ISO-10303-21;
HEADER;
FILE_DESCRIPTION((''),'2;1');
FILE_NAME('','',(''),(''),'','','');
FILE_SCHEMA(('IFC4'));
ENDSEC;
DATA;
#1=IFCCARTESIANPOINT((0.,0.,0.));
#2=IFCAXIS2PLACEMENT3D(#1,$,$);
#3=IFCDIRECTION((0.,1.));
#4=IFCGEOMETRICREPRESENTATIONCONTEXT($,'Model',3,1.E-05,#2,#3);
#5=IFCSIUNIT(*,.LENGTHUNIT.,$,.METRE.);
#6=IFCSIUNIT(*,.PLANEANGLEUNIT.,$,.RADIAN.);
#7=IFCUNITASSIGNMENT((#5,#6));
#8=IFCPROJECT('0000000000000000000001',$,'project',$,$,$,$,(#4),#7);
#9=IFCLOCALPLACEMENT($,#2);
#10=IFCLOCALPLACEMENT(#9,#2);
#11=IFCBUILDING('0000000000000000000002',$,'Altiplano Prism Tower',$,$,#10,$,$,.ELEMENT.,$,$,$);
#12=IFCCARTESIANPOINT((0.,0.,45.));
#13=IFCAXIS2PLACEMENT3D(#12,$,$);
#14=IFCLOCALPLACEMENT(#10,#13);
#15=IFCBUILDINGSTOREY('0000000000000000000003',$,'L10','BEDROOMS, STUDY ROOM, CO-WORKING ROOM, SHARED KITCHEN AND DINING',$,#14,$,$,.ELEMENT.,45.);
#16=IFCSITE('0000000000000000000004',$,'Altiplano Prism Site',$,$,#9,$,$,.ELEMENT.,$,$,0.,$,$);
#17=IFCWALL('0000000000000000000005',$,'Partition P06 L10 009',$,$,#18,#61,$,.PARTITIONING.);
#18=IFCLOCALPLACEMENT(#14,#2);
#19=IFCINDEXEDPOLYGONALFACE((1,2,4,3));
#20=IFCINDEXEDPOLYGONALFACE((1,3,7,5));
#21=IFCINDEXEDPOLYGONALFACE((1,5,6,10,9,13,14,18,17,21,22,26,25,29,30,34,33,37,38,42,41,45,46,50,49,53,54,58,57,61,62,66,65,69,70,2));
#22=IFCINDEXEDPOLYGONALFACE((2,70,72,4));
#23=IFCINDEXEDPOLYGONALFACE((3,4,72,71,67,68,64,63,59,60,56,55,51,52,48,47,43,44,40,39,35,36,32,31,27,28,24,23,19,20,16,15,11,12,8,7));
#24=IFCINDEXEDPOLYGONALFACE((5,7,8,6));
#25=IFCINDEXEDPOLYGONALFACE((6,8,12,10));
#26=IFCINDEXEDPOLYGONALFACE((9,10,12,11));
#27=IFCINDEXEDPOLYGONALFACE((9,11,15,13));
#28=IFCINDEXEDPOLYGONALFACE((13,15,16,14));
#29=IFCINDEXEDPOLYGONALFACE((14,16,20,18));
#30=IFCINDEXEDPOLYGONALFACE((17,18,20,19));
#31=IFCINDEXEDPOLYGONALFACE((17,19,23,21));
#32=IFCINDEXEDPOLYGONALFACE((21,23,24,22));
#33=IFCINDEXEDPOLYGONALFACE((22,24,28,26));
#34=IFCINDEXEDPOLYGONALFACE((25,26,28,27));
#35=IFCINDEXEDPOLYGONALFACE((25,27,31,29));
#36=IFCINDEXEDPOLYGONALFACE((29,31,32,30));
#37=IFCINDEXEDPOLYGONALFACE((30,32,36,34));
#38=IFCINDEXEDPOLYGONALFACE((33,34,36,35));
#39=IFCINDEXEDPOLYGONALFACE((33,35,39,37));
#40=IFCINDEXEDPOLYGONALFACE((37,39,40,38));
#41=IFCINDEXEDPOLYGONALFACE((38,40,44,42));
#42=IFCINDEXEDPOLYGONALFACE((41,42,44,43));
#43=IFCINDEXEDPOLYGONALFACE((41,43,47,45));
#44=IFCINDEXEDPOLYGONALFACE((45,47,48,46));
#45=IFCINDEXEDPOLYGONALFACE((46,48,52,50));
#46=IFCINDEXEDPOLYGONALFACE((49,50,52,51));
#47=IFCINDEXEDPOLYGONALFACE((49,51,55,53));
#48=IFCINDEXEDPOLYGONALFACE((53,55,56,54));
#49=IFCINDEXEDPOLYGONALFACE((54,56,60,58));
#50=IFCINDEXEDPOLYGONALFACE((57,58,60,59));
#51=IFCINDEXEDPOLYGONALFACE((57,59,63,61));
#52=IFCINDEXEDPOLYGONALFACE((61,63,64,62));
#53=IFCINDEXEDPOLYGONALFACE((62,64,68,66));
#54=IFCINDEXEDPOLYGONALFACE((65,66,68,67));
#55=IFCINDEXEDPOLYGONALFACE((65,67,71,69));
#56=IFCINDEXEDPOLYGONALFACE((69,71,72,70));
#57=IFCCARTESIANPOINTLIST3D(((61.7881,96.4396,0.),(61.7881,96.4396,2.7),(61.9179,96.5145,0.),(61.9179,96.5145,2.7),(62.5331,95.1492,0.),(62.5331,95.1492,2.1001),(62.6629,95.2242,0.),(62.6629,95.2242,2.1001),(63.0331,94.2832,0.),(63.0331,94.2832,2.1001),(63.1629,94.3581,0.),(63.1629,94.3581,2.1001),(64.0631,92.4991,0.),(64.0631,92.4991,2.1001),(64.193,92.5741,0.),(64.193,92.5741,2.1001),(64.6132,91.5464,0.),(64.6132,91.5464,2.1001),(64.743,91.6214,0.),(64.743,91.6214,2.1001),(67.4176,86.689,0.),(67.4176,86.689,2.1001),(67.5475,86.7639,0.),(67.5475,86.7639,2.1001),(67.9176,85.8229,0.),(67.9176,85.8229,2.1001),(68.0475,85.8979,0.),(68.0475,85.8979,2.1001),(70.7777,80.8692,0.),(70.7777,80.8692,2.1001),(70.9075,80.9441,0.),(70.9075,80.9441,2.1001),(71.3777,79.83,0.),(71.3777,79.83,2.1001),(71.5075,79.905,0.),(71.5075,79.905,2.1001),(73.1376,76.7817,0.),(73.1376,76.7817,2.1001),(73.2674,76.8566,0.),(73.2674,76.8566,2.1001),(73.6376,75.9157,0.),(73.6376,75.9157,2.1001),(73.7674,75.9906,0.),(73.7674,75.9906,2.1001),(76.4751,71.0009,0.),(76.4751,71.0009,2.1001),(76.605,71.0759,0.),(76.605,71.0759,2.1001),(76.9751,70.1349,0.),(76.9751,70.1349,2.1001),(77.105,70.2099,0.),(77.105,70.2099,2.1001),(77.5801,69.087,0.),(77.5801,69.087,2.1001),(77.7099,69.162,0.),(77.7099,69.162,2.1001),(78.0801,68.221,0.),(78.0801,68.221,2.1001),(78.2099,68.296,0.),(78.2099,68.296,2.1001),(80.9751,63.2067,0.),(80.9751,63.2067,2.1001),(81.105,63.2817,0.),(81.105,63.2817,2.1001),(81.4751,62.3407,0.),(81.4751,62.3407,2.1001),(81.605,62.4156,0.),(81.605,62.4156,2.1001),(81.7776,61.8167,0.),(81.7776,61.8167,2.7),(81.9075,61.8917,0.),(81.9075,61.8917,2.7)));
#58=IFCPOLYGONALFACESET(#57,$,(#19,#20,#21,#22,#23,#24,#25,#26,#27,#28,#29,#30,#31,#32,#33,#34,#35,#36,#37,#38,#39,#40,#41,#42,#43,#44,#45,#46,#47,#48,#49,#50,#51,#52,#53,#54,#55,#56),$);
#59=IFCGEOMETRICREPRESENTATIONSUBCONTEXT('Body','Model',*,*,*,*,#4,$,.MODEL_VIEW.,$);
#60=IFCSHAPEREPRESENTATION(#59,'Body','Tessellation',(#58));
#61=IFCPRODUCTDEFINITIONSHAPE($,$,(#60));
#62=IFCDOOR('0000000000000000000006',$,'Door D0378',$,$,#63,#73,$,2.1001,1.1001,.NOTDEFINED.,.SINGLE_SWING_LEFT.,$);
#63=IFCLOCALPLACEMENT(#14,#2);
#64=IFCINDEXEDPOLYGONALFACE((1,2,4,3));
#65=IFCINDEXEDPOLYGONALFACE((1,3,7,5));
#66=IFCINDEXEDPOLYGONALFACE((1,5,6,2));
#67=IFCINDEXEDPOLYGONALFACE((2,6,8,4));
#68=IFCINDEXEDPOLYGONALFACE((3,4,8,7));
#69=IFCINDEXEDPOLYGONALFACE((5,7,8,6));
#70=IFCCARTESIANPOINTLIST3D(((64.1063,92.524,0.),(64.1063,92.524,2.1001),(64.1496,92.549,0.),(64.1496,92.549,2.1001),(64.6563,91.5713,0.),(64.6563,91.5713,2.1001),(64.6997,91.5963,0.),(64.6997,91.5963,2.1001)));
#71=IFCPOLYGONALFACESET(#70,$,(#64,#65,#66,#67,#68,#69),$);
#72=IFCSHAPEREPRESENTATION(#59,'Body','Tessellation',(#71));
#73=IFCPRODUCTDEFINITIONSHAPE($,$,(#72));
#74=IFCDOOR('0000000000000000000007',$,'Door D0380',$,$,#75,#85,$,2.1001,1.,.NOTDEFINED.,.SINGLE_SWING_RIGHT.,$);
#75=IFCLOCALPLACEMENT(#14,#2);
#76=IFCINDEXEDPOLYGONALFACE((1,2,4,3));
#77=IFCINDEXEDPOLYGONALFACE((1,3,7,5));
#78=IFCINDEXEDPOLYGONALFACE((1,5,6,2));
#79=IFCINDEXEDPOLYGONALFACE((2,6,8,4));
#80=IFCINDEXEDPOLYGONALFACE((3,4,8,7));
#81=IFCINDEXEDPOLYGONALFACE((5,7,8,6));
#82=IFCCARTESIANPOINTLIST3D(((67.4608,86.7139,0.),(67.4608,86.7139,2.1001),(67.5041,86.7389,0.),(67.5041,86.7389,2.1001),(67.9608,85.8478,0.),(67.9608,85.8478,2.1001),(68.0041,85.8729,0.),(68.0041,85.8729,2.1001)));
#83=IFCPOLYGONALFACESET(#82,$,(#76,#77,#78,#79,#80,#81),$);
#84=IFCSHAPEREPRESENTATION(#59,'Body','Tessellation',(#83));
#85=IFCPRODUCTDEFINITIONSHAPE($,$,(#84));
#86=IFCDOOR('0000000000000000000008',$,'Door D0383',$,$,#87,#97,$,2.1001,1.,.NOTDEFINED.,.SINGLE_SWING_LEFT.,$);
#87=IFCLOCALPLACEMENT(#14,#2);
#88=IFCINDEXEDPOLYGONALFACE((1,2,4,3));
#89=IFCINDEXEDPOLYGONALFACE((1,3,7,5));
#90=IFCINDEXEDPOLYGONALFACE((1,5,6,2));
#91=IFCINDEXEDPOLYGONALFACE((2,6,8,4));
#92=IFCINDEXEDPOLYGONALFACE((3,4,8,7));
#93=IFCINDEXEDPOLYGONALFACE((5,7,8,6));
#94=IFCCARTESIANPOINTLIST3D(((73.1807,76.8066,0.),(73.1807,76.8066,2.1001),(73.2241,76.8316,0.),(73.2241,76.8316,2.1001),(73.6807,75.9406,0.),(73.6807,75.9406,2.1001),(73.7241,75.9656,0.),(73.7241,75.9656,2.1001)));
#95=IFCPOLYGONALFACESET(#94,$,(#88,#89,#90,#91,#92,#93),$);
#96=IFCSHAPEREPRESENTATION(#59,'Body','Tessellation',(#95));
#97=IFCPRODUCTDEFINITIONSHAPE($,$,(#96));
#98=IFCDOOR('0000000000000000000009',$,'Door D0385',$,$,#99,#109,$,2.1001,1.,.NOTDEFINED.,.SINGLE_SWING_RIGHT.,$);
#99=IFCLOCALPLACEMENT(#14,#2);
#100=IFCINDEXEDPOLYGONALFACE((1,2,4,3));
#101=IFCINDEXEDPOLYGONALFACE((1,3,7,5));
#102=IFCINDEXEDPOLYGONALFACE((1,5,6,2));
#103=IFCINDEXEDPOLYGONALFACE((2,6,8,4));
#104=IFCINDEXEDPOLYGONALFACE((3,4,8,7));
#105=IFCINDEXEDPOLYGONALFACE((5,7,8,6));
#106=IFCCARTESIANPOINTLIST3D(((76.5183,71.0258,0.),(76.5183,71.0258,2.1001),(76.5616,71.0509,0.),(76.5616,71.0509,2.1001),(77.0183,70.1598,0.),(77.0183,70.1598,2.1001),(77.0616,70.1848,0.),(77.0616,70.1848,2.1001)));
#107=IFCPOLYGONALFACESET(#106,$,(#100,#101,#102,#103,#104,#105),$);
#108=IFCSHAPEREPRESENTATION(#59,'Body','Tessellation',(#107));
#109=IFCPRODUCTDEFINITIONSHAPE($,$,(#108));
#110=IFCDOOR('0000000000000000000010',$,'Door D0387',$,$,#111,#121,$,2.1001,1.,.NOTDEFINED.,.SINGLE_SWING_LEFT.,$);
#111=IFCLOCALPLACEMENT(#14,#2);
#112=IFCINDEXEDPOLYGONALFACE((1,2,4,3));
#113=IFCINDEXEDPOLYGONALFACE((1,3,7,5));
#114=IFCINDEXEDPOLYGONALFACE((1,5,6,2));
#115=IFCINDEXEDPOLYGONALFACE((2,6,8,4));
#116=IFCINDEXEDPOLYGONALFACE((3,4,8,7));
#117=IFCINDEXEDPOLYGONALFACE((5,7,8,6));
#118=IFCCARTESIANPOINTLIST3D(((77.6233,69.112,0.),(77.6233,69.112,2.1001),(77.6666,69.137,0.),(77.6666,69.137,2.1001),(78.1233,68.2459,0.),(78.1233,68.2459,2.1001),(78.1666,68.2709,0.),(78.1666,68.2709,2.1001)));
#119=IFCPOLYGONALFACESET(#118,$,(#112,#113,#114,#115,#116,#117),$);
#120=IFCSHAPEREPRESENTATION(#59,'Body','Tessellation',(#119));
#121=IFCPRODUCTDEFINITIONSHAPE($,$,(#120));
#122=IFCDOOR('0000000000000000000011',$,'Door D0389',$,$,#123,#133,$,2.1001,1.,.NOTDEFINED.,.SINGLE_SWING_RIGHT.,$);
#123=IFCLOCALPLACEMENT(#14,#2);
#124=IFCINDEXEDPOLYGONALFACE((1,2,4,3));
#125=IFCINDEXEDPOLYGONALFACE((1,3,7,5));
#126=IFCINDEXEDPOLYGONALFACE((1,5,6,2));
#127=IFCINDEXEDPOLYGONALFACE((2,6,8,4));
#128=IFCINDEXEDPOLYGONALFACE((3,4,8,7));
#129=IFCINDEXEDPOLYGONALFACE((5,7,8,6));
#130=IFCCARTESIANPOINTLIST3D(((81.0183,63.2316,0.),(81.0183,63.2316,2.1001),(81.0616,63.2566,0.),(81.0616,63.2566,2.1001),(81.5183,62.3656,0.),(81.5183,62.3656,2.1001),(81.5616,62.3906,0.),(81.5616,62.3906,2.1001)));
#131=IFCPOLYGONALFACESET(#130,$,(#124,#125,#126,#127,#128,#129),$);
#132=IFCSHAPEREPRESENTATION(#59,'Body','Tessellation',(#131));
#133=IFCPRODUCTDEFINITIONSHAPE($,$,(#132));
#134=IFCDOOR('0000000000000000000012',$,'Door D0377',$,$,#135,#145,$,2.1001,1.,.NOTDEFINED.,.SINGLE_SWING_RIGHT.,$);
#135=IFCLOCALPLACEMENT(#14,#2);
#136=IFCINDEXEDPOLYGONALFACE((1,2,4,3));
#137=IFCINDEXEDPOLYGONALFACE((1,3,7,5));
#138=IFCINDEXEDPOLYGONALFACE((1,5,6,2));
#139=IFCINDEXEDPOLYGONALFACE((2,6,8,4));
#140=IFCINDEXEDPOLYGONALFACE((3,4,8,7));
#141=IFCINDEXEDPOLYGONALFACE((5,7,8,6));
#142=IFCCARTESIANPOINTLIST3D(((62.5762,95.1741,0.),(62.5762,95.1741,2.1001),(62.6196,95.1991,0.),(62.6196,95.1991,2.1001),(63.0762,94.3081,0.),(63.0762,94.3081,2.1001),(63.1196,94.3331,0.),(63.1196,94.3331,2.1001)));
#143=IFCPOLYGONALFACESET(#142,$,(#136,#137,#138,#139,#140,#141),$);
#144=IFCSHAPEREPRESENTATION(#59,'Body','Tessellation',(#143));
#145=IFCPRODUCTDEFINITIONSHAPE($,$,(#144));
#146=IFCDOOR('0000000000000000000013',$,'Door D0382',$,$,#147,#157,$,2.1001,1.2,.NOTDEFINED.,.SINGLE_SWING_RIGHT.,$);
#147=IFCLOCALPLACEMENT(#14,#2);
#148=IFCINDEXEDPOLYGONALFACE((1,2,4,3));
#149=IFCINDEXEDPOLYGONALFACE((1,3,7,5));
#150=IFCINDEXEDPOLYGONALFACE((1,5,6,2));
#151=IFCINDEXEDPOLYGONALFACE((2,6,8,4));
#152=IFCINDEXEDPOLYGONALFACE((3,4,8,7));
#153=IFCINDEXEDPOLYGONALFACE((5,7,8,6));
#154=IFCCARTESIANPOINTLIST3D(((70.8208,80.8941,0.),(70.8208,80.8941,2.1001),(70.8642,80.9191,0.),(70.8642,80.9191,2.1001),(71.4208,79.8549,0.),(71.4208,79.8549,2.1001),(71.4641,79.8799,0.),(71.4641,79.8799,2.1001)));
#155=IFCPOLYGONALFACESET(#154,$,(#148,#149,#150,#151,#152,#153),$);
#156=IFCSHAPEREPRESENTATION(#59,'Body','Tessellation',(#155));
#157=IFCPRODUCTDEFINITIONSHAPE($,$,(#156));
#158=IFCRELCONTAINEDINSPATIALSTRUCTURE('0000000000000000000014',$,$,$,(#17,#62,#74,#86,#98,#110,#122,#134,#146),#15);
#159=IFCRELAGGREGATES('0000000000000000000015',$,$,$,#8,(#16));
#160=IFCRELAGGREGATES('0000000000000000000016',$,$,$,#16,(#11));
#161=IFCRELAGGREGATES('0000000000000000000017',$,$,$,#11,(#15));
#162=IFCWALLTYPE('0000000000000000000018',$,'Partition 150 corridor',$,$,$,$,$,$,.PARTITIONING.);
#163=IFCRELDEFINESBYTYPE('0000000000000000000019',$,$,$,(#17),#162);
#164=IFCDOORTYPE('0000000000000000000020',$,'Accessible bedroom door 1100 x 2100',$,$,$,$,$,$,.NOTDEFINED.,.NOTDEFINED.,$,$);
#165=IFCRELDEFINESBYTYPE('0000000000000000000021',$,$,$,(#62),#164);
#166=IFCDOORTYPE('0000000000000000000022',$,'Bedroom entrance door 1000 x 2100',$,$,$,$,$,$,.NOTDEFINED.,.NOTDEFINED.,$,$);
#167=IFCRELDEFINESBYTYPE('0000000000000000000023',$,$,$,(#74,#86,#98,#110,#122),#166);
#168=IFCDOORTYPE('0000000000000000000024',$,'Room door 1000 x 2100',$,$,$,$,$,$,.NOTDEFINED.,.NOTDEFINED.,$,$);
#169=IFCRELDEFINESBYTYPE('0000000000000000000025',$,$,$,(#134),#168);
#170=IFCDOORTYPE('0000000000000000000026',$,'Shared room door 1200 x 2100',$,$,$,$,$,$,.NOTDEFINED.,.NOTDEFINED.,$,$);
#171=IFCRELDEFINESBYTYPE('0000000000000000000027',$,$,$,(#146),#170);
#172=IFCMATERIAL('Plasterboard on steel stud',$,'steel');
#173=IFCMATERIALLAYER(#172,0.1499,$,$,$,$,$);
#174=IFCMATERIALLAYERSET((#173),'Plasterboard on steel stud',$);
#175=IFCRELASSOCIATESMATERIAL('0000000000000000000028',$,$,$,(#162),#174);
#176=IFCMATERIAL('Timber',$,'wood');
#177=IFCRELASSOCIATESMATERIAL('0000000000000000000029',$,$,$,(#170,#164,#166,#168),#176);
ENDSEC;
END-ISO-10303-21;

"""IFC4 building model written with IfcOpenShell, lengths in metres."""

from ifc_helpers import new_model, si_unit, direction, frame, frame_2d, origin, place, context, subcontext, project, spatial, rectangle, extrude, material, layer, layer_set, type_object, element, fill, save


model = new_model("IFC4")

# Units and contexts
model_context = context("Model", 3, precision=1e-05, world=origin(), true_north=direction((0.0, 1.0)))
body_context = subcontext(model_context, "Body", "Model", "MODEL_VIEW")
ifc_project = project(units=[si_unit("LENGTHUNIT", "METRE"), si_unit("PLANEANGLEUNIT", "RADIAN")], contexts=[model_context])

# Site, building, storey
site_placement = place(None, origin())
site = spatial("IfcSite", under=ifc_project, at=site_placement, Name="Altiplano Prism Site", CompositionType="ELEMENT", RefElevation=0.0)
building_placement = place(site_placement, origin())
building = spatial("IfcBuilding", under=site, at=building_placement, Name="Altiplano Prism Tower", CompositionType="ELEMENT")
storey_placement = place(building_placement, frame((0.0, 0.0, 45.0)))
storey = spatial("IfcBuildingStorey", under=building, at=storey_placement, Name="L10", Description="BEDROOMS, STUDY ROOM, CO-WORKING ROOM, SHARED KITCHEN AND DINING", CompositionType="ELEMENT", Elevation=45.0)

# Shared definitions
ifc_material_1 = material(Name="Plasterboard on steel stud", Category="steel")

# Shared definitions
ifc_layer_1 = layer(ifc_material_1, 0.1499)
ifc_layer_set_1 = layer_set([ifc_layer_1], Name="Plasterboard on steel stud")
wall_type_1 = type_object("IfcWallType", Name="Partition 150 corridor", PredefinedType="PARTITIONING", material=ifc_layer_set_1)
ifc_material_2 = material(Name="Timber", Category="wood")

# Shared definitions
door_type_1 = type_object("IfcDoorType", Name="Shared room door 1200 x 2100", OperationType="NOTDEFINED", PredefinedType="NOTDEFINED", material=ifc_material_2)

# Wall, openings, doors
wall_1_placement = place(storey_placement, frame((61.853, 96.4771, 0.0), z_axis=(0.0, 0.0, 1.0), x_axis=(0.5, -0.866025, 0.0)))
wall_1 = element("IfcWall", 1, at=wall_1_placement, inside=storey, type_object=wall_type_1, Name="Partition P06 L10 009", PredefinedType="PARTITIONING", context=body_context, shape_type="SweptSolid", body=[
    extrude(rectangle(XDim=39.979, YDim=0.1499, at=frame_2d((19.9895, 0.0))), origin(), (0.0, 0.0, 1.0), 2.7),
])
opening_1_placement = place(wall_1_placement, frame((1.49, 0.0, 0.0)))
opening_1 = element("IfcOpeningElement", 2, at=opening_1_placement, cuts=wall_1, PredefinedType="OPENING", context=body_context, shape_type="SweptSolid", body=[
    extrude(rectangle(XDim=1.0, YDim=2.1001, at=frame_2d((0.5, 1.05))), frame((0.0, 0.0854, 0.0), z_axis=(0.0, -1.0, 0.0), x_axis=(1.0, 0.0, 0.0)), (0.0, 0.0, 1.0), 0.1709),
])
opening_2_placement = place(wall_1_placement, frame((4.55, 0.0, 0.0)))
opening_2 = element("IfcOpeningElement", 3, at=opening_2_placement, cuts=wall_1, PredefinedType="OPENING", context=body_context, shape_type="SweptSolid", body=[
    extrude(rectangle(XDim=1.1001, YDim=2.1001, at=frame_2d((0.55, 1.05))), frame((0.0, 0.0854, 0.0), z_axis=(0.0, -1.0, 0.0), x_axis=(1.0, 0.0, 0.0)), (0.0, 0.0, 1.0), 0.1709),
])
opening_3_placement = place(wall_1_placement, frame((11.259, 0.0, 0.0)))
opening_3 = element("IfcOpeningElement", 4, at=opening_3_placement, cuts=wall_1, PredefinedType="OPENING", context=body_context, shape_type="SweptSolid", body=[
    extrude(rectangle(XDim=1.0, YDim=2.1001, at=frame_2d((0.5, 1.05))), frame((0.0, 0.0854, 0.0), z_axis=(0.0, -1.0, 0.0), x_axis=(1.0, 0.0, 0.0)), (0.0, 0.0, 1.0), 0.1709),
])
opening_4_placement = place(wall_1_placement, frame((17.979, 0.0, 0.0)))
opening_4 = element("IfcOpeningElement", 5, at=opening_4_placement, cuts=wall_1, PredefinedType="OPENING", context=body_context, shape_type="SweptSolid", body=[
    extrude(rectangle(XDim=1.2, YDim=2.1001, at=frame_2d((0.6001, 1.05))), frame((0.0, 0.0854, 0.0), z_axis=(0.0, -1.0, 0.0), x_axis=(1.0, 0.0, 0.0)), (0.0, 0.0, 1.0), 0.1709),
])
opening_5_placement = place(wall_1_placement, frame((22.699, 0.0, 0.0)))
opening_5 = element("IfcOpeningElement", 6, at=opening_5_placement, cuts=wall_1, PredefinedType="OPENING", context=body_context, shape_type="SweptSolid", body=[
    extrude(rectangle(XDim=1.0, YDim=2.1001, at=frame_2d((0.5, 1.05))), frame((0.0, 0.0854, 0.0), z_axis=(0.0, -1.0, 0.0), x_axis=(1.0, 0.0, 0.0)), (0.0, 0.0, 1.0), 0.1709),
])
opening_6_placement = place(wall_1_placement, frame((29.374, 0.0, 0.0)))
opening_6 = element("IfcOpeningElement", 7, at=opening_6_placement, cuts=wall_1, PredefinedType="OPENING", context=body_context, shape_type="SweptSolid", body=[
    extrude(rectangle(XDim=1.0, YDim=2.1001, at=frame_2d((0.5, 1.05))), frame((0.0, 0.0854, 0.0), z_axis=(0.0, -1.0, 0.0), x_axis=(1.0, 0.0, 0.0)), (0.0, 0.0, 1.0), 0.1709),
])
opening_7_placement = place(wall_1_placement, frame((31.584, 0.0, 0.0)))
opening_7 = element("IfcOpeningElement", 8, at=opening_7_placement, cuts=wall_1, PredefinedType="OPENING", context=body_context, shape_type="SweptSolid", body=[
    extrude(rectangle(XDim=1.0, YDim=2.1001, at=frame_2d((0.5, 1.05))), frame((0.0, 0.0854, 0.0), z_axis=(0.0, -1.0, 0.0), x_axis=(1.0, 0.0, 0.0)), (0.0, 0.0, 1.0), 0.1709),
])
opening_8_placement = place(wall_1_placement, frame((38.374, 0.0, 0.0)))
opening_8 = element("IfcOpeningElement", 9, at=opening_8_placement, cuts=wall_1, PredefinedType="OPENING", context=body_context, shape_type="SweptSolid", body=[
    extrude(rectangle(XDim=1.0, YDim=2.1001, at=frame_2d((0.5, 1.05))), frame((0.0, 0.0854, 0.0), z_axis=(0.0, -1.0, 0.0), x_axis=(1.0, 0.0, 0.0)), (0.0, 0.0, 1.0), 0.1709),
])
door_type_2 = type_object("IfcDoorType", Name="Accessible bedroom door 1100 x 2100", OperationType="NOTDEFINED", PredefinedType="NOTDEFINED", material=ifc_material_2)
door_1_placement = place(opening_2_placement, origin())
door_1 = element("IfcDoor", 10, at=door_1_placement, inside=storey, type_object=door_type_2, Name="Door D0378", OperationType="SINGLE_SWING_LEFT", OverallHeight=2.1001, OverallWidth=1.1001, PredefinedType="NOTDEFINED", context=body_context, shape_type="SweptSolid", body=[
    extrude(rectangle(XDim=1.1001, YDim=2.1001, at=frame_2d((0.55, 1.05))), frame((0.0, 0.0249, 0.0), z_axis=(0.0, -1.0, 0.0), x_axis=(1.0, 0.0, 0.0)), (0.0, 0.0, 1.0), 0.05),
])
fill(opening_2, door_1)
door_type_3 = type_object("IfcDoorType", Name="Bedroom entrance door 1000 x 2100", OperationType="NOTDEFINED", PredefinedType="NOTDEFINED", material=ifc_material_2)
door_2_placement = place(opening_3_placement, origin())
door_2 = element("IfcDoor", 11, at=door_2_placement, inside=storey, type_object=door_type_3, Name="Door D0380", OperationType="SINGLE_SWING_RIGHT", OverallHeight=2.1001, OverallWidth=1.0, PredefinedType="NOTDEFINED", context=body_context, shape_type="SweptSolid", body=[
    extrude(rectangle(XDim=1.0, YDim=2.1001, at=frame_2d((0.5, 1.05))), frame((0.0, 0.0249, 0.0), z_axis=(0.0, -1.0, 0.0), x_axis=(1.0, 0.0, 0.0)), (0.0, 0.0, 1.0), 0.05),
])
fill(opening_3, door_2)
door_3_placement = place(opening_5_placement, origin())
door_3 = element("IfcDoor", 12, at=door_3_placement, inside=storey, type_object=door_type_3, Name="Door D0383", OperationType="SINGLE_SWING_LEFT", OverallHeight=2.1001, OverallWidth=1.0, PredefinedType="NOTDEFINED", context=body_context, shape_type="SweptSolid", body=[
    extrude(rectangle(XDim=1.0, YDim=2.1001, at=frame_2d((0.5, 1.05))), frame((0.0, 0.0249, 0.0), z_axis=(0.0, -1.0, 0.0), x_axis=(1.0, 0.0, 0.0)), (0.0, 0.0, 1.0), 0.05),
])
fill(opening_5, door_3)
door_4_placement = place(opening_6_placement, origin())
door_4 = element("IfcDoor", 13, at=door_4_placement, inside=storey, type_object=door_type_3, Name="Door D0385", OperationType="SINGLE_SWING_RIGHT", OverallHeight=2.1001, OverallWidth=1.0, PredefinedType="NOTDEFINED", context=body_context, shape_type="SweptSolid", body=[
    extrude(rectangle(XDim=1.0, YDim=2.1001, at=frame_2d((0.5, 1.05))), frame((0.0, 0.0249, 0.0), z_axis=(0.0, -1.0, 0.0), x_axis=(1.0, 0.0, 0.0)), (0.0, 0.0, 1.0), 0.05),
])
fill(opening_6, door_4)
door_5_placement = place(opening_7_placement, origin())
door_5 = element("IfcDoor", 14, at=door_5_placement, inside=storey, type_object=door_type_3, Name="Door D0387", OperationType="SINGLE_SWING_LEFT", OverallHeight=2.1001, OverallWidth=1.0, PredefinedType="NOTDEFINED", context=body_context, shape_type="SweptSolid", body=[
    extrude(rectangle(XDim=1.0, YDim=2.1001, at=frame_2d((0.5, 1.05))), frame((0.0, 0.0249, 0.0), z_axis=(0.0, -1.0, 0.0), x_axis=(1.0, 0.0, 0.0)), (0.0, 0.0, 1.0), 0.05),
])
fill(opening_7, door_5)
door_6_placement = place(opening_8_placement, origin())
door_6 = element("IfcDoor", 15, at=door_6_placement, inside=storey, type_object=door_type_3, Name="Door D0389", OperationType="SINGLE_SWING_RIGHT", OverallHeight=2.1001, OverallWidth=1.0, PredefinedType="NOTDEFINED", context=body_context, shape_type="SweptSolid", body=[
    extrude(rectangle(XDim=1.0, YDim=2.1001, at=frame_2d((0.5, 1.05))), frame((0.0, 0.0249, 0.0), z_axis=(0.0, -1.0, 0.0), x_axis=(1.0, 0.0, 0.0)), (0.0, 0.0, 1.0), 0.05),
])
fill(opening_8, door_6)
door_type_4 = type_object("IfcDoorType", Name="Room door 1000 x 2100", OperationType="NOTDEFINED", PredefinedType="NOTDEFINED", material=ifc_material_2)
door_7_placement = place(opening_1_placement, origin())
door_7 = element("IfcDoor", 16, at=door_7_placement, inside=storey, type_object=door_type_4, Name="Door D0377", OperationType="SINGLE_SWING_RIGHT", OverallHeight=2.1001, OverallWidth=1.0, PredefinedType="NOTDEFINED", context=body_context, shape_type="SweptSolid", body=[
    extrude(rectangle(XDim=1.0, YDim=2.1001, at=frame_2d((0.5, 1.05))), frame((0.0, 0.0249, 0.0), z_axis=(0.0, -1.0, 0.0), x_axis=(1.0, 0.0, 0.0)), (0.0, 0.0, 1.0), 0.05),
])
fill(opening_1, door_7)
door_8_placement = place(opening_4_placement, origin())
door_8 = element("IfcDoor", 17, at=door_8_placement, inside=storey, type_object=door_type_1, Name="Door D0382", OperationType="SINGLE_SWING_RIGHT", OverallHeight=2.1001, OverallWidth=1.2, PredefinedType="NOTDEFINED", context=body_context, shape_type="SweptSolid", body=[
    extrude(rectangle(XDim=1.2, YDim=2.1001, at=frame_2d((0.6001, 1.05))), frame((0.0, 0.0249, 0.0), z_axis=(0.0, -1.0, 0.0), x_axis=(1.0, 0.0, 0.0)), (0.0, 0.0, 1.0), 0.05),
])
fill(opening_4, door_8)

save(model, "model.ifc")
